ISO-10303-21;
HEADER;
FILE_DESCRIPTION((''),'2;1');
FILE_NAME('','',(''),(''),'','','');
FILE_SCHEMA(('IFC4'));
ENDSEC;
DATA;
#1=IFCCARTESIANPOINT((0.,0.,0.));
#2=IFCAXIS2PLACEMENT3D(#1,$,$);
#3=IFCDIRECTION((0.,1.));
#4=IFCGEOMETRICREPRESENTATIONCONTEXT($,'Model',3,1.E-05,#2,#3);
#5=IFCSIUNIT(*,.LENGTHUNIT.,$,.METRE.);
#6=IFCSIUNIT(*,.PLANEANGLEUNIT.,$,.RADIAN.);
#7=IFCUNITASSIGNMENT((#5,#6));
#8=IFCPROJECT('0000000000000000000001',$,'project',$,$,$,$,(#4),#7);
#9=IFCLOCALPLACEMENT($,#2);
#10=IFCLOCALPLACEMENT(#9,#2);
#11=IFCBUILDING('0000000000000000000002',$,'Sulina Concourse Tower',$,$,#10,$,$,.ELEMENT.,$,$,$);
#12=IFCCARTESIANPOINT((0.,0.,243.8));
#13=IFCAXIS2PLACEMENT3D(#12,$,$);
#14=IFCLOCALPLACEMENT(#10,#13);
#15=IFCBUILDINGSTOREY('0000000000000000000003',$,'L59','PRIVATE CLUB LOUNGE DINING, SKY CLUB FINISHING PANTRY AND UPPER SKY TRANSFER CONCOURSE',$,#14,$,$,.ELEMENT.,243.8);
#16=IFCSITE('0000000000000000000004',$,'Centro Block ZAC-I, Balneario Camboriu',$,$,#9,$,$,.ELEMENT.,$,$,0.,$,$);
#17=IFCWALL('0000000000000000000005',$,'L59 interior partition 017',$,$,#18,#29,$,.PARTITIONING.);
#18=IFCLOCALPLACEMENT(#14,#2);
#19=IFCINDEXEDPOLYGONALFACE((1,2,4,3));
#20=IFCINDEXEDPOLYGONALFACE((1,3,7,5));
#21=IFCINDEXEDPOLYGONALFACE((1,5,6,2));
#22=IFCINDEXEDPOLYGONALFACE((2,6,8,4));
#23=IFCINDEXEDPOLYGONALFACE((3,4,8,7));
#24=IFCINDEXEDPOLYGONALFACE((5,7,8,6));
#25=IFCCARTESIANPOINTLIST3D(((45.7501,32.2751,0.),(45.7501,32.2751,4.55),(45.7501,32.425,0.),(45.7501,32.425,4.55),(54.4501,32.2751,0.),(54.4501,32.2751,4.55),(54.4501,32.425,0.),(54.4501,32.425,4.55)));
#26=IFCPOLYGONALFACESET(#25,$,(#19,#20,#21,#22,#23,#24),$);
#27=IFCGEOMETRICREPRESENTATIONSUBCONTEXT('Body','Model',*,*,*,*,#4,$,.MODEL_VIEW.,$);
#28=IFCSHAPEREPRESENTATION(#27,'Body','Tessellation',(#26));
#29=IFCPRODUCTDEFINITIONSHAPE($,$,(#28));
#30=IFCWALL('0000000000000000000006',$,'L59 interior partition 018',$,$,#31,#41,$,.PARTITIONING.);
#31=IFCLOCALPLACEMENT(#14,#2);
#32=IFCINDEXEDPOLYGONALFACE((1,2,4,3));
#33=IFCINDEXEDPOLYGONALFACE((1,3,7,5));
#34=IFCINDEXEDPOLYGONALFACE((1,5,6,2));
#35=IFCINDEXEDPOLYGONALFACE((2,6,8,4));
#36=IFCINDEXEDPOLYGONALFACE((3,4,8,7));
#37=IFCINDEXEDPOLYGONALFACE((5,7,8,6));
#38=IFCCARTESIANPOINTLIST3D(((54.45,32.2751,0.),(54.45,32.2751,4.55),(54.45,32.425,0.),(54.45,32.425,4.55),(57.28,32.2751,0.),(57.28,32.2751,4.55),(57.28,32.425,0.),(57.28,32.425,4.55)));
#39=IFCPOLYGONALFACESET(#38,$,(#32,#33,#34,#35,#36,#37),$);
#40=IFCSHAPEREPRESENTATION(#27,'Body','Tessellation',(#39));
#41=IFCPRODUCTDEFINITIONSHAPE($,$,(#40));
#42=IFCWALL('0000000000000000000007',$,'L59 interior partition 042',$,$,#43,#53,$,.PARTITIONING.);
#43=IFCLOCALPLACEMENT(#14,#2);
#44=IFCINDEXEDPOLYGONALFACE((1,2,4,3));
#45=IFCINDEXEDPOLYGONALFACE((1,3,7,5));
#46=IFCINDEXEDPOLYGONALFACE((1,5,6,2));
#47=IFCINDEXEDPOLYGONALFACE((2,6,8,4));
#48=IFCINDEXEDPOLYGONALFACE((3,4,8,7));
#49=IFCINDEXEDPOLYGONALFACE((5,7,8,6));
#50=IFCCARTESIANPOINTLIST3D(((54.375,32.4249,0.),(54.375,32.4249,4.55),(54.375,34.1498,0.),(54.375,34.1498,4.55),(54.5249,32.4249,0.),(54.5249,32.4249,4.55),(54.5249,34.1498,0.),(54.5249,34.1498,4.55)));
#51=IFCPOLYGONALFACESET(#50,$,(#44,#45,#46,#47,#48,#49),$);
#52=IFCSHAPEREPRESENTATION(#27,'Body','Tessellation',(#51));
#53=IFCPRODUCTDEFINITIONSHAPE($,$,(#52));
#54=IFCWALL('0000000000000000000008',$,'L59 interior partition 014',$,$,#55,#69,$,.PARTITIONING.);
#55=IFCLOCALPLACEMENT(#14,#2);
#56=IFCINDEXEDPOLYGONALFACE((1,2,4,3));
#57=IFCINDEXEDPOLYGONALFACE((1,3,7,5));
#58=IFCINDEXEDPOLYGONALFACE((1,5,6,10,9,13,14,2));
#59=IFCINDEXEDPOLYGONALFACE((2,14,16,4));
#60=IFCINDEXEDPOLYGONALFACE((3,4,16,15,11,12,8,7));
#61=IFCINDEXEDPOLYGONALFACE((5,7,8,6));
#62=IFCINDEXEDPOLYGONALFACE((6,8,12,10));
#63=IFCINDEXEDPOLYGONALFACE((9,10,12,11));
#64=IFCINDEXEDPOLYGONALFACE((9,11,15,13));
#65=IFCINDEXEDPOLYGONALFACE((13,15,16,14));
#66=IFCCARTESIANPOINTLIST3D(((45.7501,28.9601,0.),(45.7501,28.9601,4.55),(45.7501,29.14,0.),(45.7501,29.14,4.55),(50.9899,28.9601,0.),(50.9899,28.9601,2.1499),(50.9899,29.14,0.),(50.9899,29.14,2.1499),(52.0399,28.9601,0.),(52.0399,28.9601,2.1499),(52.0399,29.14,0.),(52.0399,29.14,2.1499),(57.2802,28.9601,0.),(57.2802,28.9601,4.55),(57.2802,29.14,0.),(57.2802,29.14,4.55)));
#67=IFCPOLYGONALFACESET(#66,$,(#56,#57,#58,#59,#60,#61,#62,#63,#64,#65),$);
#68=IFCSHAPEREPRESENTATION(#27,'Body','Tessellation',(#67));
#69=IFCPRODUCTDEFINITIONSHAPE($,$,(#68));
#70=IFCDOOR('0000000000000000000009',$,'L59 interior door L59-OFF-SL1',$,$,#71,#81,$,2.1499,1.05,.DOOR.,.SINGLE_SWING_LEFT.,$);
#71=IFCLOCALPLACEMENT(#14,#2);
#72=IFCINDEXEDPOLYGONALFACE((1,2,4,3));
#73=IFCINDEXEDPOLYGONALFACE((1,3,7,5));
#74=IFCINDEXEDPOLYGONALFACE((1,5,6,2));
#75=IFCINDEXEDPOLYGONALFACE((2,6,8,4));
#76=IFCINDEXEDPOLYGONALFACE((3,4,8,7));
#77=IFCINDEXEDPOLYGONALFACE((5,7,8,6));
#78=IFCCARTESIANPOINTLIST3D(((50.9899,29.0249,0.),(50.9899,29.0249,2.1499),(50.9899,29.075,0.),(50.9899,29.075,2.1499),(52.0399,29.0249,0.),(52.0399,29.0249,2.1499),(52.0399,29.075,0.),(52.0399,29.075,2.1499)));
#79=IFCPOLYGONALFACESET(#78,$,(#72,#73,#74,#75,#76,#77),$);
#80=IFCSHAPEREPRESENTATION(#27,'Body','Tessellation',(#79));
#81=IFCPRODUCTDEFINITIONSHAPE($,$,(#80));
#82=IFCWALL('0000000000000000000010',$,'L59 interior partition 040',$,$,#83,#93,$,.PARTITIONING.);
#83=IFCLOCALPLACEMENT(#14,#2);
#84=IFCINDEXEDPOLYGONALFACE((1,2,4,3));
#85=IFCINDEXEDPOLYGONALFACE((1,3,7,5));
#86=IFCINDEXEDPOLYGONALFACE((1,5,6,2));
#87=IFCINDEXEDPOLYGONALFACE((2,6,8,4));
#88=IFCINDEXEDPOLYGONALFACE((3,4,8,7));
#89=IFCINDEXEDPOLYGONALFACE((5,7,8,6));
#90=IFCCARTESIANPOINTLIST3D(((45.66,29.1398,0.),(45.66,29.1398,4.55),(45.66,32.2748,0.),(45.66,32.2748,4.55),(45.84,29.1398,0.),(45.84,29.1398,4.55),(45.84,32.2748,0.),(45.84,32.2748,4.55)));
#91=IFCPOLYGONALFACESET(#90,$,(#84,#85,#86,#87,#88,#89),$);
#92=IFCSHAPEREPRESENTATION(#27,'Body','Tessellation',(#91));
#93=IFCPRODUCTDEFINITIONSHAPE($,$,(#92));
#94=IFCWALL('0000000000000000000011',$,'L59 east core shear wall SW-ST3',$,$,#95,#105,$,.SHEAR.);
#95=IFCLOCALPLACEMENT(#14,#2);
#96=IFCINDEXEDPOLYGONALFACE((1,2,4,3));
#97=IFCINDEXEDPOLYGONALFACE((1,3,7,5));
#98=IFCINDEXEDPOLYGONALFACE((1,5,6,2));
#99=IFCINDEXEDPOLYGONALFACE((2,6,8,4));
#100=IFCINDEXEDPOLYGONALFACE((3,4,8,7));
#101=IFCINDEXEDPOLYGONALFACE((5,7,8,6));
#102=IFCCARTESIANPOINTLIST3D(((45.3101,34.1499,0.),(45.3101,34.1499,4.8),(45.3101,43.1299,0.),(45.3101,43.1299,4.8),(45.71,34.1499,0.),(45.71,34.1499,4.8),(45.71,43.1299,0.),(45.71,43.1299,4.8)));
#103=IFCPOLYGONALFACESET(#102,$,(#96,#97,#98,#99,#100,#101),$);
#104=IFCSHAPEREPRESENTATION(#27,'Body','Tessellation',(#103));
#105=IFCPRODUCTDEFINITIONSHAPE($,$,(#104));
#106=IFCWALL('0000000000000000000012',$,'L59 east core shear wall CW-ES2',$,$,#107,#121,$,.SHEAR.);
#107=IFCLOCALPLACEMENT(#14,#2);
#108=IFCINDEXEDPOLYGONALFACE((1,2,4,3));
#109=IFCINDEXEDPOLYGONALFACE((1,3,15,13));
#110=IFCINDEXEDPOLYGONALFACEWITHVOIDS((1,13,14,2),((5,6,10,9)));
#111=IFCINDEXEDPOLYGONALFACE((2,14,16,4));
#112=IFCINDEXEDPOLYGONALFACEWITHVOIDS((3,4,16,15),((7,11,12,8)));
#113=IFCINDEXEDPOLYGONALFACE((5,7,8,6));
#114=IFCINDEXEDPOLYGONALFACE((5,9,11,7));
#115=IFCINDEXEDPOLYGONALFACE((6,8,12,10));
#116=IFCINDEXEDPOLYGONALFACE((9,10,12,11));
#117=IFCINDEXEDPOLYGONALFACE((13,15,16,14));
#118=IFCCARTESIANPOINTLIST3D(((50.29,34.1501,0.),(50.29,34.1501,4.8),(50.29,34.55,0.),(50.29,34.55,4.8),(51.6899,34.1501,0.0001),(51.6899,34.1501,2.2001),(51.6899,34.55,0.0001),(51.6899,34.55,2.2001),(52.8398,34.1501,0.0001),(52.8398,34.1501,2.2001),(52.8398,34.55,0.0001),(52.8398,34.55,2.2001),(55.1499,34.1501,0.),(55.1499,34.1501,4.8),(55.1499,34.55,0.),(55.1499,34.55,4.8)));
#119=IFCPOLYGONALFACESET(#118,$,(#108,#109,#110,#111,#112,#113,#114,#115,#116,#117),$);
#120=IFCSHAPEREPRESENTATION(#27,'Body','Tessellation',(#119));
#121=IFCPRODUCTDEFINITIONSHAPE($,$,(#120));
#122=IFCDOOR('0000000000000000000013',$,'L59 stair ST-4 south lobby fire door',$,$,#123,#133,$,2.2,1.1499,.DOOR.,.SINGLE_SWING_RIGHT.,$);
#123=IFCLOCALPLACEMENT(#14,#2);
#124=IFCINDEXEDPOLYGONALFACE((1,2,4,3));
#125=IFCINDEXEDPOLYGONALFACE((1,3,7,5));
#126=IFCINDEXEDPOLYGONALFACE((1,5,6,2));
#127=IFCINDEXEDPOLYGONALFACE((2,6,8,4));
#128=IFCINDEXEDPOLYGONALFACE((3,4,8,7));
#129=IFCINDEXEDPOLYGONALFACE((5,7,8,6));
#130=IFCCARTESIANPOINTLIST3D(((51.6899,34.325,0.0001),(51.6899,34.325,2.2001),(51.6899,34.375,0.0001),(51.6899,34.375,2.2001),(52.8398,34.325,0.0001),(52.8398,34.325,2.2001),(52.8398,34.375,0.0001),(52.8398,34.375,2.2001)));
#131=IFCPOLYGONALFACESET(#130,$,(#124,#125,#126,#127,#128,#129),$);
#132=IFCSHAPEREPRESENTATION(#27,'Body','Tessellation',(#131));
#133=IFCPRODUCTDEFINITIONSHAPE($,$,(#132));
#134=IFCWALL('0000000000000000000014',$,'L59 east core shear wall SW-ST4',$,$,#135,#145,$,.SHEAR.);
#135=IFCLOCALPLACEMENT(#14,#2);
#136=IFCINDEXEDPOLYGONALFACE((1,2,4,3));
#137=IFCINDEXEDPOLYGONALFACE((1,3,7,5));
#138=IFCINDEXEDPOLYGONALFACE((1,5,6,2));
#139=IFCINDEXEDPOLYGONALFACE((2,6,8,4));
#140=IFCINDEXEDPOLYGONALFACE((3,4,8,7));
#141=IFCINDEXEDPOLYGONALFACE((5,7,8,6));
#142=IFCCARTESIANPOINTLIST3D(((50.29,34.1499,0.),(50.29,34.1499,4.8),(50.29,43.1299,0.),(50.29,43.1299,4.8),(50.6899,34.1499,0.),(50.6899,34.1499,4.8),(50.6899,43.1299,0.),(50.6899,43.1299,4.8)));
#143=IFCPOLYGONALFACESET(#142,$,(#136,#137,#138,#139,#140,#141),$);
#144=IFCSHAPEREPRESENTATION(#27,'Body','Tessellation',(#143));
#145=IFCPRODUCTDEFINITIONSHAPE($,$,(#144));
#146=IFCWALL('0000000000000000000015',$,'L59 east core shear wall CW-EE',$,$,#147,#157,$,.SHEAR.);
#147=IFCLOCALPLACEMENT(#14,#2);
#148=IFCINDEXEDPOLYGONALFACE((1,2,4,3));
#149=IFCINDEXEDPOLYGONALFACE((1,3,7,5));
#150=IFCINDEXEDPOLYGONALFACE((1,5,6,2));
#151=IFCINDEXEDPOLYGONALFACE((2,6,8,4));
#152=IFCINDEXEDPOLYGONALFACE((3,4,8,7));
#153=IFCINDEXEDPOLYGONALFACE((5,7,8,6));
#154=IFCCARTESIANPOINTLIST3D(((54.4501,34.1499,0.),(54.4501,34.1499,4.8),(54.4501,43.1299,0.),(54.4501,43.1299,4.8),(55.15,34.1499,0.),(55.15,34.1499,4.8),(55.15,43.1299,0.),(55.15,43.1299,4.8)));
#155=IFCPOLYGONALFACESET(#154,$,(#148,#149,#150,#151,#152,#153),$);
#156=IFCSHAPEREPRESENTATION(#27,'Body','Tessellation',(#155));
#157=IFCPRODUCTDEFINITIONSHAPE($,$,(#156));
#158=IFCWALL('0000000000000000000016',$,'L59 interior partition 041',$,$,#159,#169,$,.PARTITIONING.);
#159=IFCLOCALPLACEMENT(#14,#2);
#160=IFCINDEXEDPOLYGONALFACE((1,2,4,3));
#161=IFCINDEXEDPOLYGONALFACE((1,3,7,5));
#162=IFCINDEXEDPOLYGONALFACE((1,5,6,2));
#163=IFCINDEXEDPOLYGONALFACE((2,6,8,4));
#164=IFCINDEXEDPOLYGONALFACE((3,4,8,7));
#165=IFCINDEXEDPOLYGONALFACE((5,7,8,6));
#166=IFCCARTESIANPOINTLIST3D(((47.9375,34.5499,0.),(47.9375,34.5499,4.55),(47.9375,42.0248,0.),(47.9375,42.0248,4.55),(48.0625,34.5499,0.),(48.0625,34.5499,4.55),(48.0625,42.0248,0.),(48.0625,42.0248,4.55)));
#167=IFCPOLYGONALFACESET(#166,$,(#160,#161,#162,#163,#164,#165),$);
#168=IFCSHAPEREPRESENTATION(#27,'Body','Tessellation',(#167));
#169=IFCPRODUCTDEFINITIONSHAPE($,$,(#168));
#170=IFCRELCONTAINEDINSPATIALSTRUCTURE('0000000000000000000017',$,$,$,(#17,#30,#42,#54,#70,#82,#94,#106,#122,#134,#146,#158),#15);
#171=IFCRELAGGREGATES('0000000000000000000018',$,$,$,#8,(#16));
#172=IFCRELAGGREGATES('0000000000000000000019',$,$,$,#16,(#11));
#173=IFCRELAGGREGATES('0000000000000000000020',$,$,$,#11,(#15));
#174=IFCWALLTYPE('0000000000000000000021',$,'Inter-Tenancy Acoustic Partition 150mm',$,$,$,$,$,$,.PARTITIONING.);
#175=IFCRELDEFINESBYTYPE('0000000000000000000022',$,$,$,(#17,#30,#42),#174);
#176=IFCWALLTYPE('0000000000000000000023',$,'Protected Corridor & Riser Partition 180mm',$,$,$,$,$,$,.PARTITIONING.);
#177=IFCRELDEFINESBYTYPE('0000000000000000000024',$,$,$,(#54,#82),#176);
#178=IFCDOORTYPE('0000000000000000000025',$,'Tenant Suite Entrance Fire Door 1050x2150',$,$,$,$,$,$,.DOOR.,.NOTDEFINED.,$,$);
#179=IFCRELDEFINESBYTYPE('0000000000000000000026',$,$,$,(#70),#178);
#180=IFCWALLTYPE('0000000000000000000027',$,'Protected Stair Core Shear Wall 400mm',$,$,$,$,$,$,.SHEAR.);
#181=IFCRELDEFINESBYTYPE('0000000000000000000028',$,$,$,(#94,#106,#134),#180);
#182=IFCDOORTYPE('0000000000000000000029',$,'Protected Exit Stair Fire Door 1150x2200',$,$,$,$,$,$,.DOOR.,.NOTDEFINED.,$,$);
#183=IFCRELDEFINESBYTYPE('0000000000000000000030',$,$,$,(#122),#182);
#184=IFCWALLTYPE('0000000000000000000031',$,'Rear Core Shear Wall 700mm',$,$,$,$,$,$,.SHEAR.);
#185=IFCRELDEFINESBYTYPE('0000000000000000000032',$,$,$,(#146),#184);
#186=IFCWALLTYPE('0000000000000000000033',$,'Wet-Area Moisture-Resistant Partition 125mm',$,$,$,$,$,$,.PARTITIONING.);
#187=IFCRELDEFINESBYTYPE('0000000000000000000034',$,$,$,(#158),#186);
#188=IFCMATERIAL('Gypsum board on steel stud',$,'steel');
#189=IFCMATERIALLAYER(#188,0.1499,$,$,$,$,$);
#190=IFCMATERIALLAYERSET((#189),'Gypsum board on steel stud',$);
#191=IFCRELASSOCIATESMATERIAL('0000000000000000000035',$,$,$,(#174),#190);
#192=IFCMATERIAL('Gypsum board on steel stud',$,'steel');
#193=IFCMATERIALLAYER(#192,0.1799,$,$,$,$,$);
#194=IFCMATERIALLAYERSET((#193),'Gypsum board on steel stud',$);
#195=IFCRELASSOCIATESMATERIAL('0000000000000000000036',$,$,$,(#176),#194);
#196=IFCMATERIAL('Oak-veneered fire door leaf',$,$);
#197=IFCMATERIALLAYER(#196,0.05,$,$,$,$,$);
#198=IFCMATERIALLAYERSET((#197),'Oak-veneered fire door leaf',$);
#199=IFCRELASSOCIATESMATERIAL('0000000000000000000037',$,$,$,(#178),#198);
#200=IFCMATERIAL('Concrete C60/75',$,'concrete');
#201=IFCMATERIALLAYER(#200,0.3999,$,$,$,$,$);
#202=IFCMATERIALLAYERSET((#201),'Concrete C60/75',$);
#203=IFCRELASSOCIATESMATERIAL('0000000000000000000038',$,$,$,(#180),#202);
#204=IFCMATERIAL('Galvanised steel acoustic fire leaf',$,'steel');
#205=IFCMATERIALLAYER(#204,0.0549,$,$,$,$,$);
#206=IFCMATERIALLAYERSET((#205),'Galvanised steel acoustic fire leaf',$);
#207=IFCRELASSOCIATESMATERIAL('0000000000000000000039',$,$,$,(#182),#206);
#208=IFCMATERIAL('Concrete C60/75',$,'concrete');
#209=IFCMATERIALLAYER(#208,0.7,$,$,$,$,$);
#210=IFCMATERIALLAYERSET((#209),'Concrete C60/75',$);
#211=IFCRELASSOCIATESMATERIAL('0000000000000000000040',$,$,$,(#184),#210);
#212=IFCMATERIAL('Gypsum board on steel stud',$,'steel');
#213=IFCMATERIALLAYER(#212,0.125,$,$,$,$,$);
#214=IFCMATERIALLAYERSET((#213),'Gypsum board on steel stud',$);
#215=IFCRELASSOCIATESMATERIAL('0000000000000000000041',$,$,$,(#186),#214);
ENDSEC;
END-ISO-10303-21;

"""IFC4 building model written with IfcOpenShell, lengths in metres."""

from ifc_helpers import new_model, si_unit, direction, frame, frame_2d, origin, place, context, subcontext, project, spatial, rectangle, extrude, material, layer, layer_set, type_object, element, fill, save


model = new_model("IFC4")

# Units and contexts
model_context = context("Model", 3, precision=1e-05, world=origin(), true_north=direction((0.0, 1.0)))
body_context = subcontext(model_context, "Body", "Model", "MODEL_VIEW")
ifc_project = project(units=[si_unit("LENGTHUNIT", "METRE"), si_unit("PLANEANGLEUNIT", "RADIAN")], contexts=[model_context])

# Site, building, storey
site_placement = place(None, origin())
site = spatial("IfcSite", under=ifc_project, at=site_placement, Name="Centro Block ZAC-I, Balneario Camboriu", CompositionType="ELEMENT", RefElevation=0.0)
building_placement = place(site_placement, origin())
building = spatial("IfcBuilding", under=site, at=building_placement, Name="Sulina Concourse Tower", CompositionType="ELEMENT")
storey_placement = place(building_placement, frame((0.0, 0.0, 243.8)))
storey = spatial("IfcBuildingStorey", under=building, at=storey_placement, Name="L59", Description="PRIVATE CLUB LOUNGE DINING, SKY CLUB FINISHING PANTRY AND UPPER SKY TRANSFER CONCOURSE", CompositionType="ELEMENT", Elevation=243.8)

# Walls
ifc_material_1 = material(Name="Gypsum board on steel stud", Category="steel")
ifc_layer_1 = layer(ifc_material_1, 0.1499)
ifc_layer_set_1 = layer_set([ifc_layer_1], Name="Gypsum board on steel stud")
wall_type_1 = type_object("IfcWallType", Name="Inter-Tenancy Acoustic Partition 150mm", PredefinedType="PARTITIONING", material=ifc_layer_set_1)
wall_1_placement = place(storey_placement, frame((45.75, 32.3501, 0.0), z_axis=(0.0, 0.0, 1.0), x_axis=(1.0, 0.0, 0.0)))
element("IfcWall", 1, at=wall_1_placement, inside=storey, type_object=wall_type_1, Name="L59 interior partition 017", PredefinedType="PARTITIONING", context=body_context, shape_type="SweptSolid", body=[
    extrude(rectangle(XDim=8.7, YDim=0.1499, at=frame_2d((4.3501, 0.0))), origin(), (0.0, 0.0, 1.0), 4.55),
])
wall_2_placement = place(storey_placement, frame((54.45, 32.3501, 0.0), z_axis=(0.0, 0.0, 1.0), x_axis=(1.0, 0.0, 0.0)))
element("IfcWall", 2, at=wall_2_placement, inside=storey, type_object=wall_type_1, Name="L59 interior partition 018", PredefinedType="PARTITIONING", context=body_context, shape_type="SweptSolid", body=[
    extrude(rectangle(XDim=2.8301, YDim=0.1499, at=frame_2d((1.415, 0.0))), origin(), (0.0, 0.0, 1.0), 4.55),
])
wall_3_placement = place(storey_placement, frame((54.45, 32.425, 0.0), z_axis=(0.0, 0.0, 1.0), x_axis=(0.0, 1.0, 0.0)))
element("IfcWall", 3, at=wall_3_placement, inside=storey, type_object=wall_type_1, Name="L59 interior partition 042", PredefinedType="PARTITIONING", context=body_context, shape_type="SweptSolid", body=[
    extrude(rectangle(XDim=1.7249, YDim=0.1499, at=frame_2d((0.8623, 0.0))), origin(), (0.0, 0.0, 1.0), 4.55),
])

# Wall, opening, door
ifc_material_2 = material(Name="Gypsum board on steel stud", Category="steel")
ifc_layer_2 = layer(ifc_material_2, 0.1799)
ifc_layer_set_2 = layer_set([ifc_layer_2], Name="Gypsum board on steel stud")
wall_type_2 = type_object("IfcWallType", Name="Protected Corridor & Riser Partition 180mm", PredefinedType="PARTITIONING", material=ifc_layer_set_2)
wall_4_placement = place(storey_placement, frame((45.75, 29.05, 0.0), z_axis=(0.0, 0.0, 1.0), x_axis=(1.0, 0.0, 0.0)))
wall_4 = element("IfcWall", 4, at=wall_4_placement, inside=storey, type_object=wall_type_2, Name="L59 interior partition 014", PredefinedType="PARTITIONING", context=body_context, shape_type="SweptSolid", body=[
    extrude(rectangle(XDim=11.53, YDim=0.1799, at=frame_2d((5.7651, 0.0))), origin(), (0.0, 0.0, 1.0), 4.55),
])
opening_1_placement = place(wall_4_placement, frame((5.24, 0.0, 0.0)))
opening_1 = element("IfcOpeningElement", 5, at=opening_1_placement, cuts=wall_4, PredefinedType="OPENING", context=body_context, shape_type="SweptSolid", body=[
    extrude(rectangle(XDim=1.05, YDim=2.1499, at=frame_2d((0.5249, 1.075))), frame((0.0, 0.0999, 0.0), z_axis=(0.0, -1.0, 0.0), x_axis=(1.0, 0.0, 0.0)), (0.0, 0.0, 1.0), 0.2),
])
ifc_material_3 = material(Name="Oak-veneered fire door leaf")
ifc_layer_3 = layer(ifc_material_3, 0.05)
ifc_layer_set_3 = layer_set([ifc_layer_3], Name="Oak-veneered fire door leaf")
door_type_1 = type_object("IfcDoorType", Name="Tenant Suite Entrance Fire Door 1050x2150", OperationType="NOTDEFINED", PredefinedType="DOOR", material=ifc_layer_set_3)
door_1_placement = place(opening_1_placement, origin())
door_1 = element("IfcDoor", 6, at=door_1_placement, inside=storey, type_object=door_type_1, Name="L59 interior door L59-OFF-SL1", OperationType="SINGLE_SWING_LEFT", OverallHeight=2.1499, OverallWidth=1.05, PredefinedType="DOOR", context=body_context, shape_type="SweptSolid", body=[
    extrude(rectangle(XDim=1.05, YDim=2.1499, at=frame_2d((0.5249, 1.075))), frame((0.0, 0.0249, 0.0), z_axis=(0.0, -1.0, 0.0), x_axis=(1.0, 0.0, 0.0)), (0.0, 0.0, 1.0), 0.05),
])
fill(opening_1, door_1)

# Walls
wall_5_placement = place(storey_placement, frame((45.75, 29.1399, 0.0), z_axis=(0.0, 0.0, 1.0), x_axis=(0.0, 1.0, 0.0)))
element("IfcWall", 7, at=wall_5_placement, inside=storey, type_object=wall_type_2, Name="L59 interior partition 040", PredefinedType="PARTITIONING", context=body_context, shape_type="SweptSolid", body=[
    extrude(rectangle(XDim=3.135, YDim=0.1799, at=frame_2d((1.5674, 0.0))), origin(), (0.0, 0.0, 1.0), 4.55),
])
ifc_material_4 = material(Name="Concrete C60/75", Category="concrete")
ifc_layer_4 = layer(ifc_material_4, 0.3999)
ifc_layer_set_4 = layer_set([ifc_layer_4], Name="Concrete C60/75")
wall_type_3 = type_object("IfcWallType", Name="Protected Stair Core Shear Wall 400mm", PredefinedType="SHEAR", material=ifc_layer_set_4)
wall_6_placement = place(storey_placement, frame((45.51, 34.1499, 0.0), z_axis=(0.0, 0.0, 1.0), x_axis=(0.0, 1.0, 0.0)))
element("IfcWall", 8, at=wall_6_placement, inside=storey, type_object=wall_type_3, Name="L59 east core shear wall SW-ST3", PredefinedType="SHEAR", context=body_context, shape_type="SweptSolid", body=[
    extrude(rectangle(XDim=8.98, YDim=0.3999, at=frame_2d((4.49, 0.0))), origin(), (0.0, 0.0, 1.0), 4.8),
])

# Wall, opening, door
wall_7_placement = place(storey_placement, frame((50.29, 34.3501, 0.0), z_axis=(0.0, 0.0, 1.0), x_axis=(1.0, 0.0, 0.0)))
wall_7 = element("IfcWall", 9, at=wall_7_placement, inside=storey, type_object=wall_type_3, Name="L59 east core shear wall CW-ES2", PredefinedType="SHEAR", context=body_context, shape_type="SweptSolid", body=[
    extrude(rectangle(XDim=4.8599, YDim=0.3999, at=frame_2d((2.4299, 0.0))), origin(), (0.0, 0.0, 1.0), 4.8),
])
opening_2_placement = place(wall_7_placement, frame((1.3999, 0.0, 0.0)))
opening_2 = element("IfcOpeningElement", 10, at=opening_2_placement, cuts=wall_7, PredefinedType="OPENING", context=body_context, shape_type="SweptSolid", body=[
    extrude(rectangle(XDim=1.1499, YDim=2.2, at=frame_2d((0.575, 1.1001))), frame((0.0, 0.21, 0.0), z_axis=(0.0, -1.0, 0.0), x_axis=(1.0, 0.0, 0.0)), (0.0, 0.0, 1.0), 0.4199),
])
ifc_material_5 = material(Name="Galvanised steel acoustic fire leaf", Category="steel")
ifc_layer_5 = layer(ifc_material_5, 0.0549)
ifc_layer_set_5 = layer_set([ifc_layer_5], Name="Galvanised steel acoustic fire leaf")
door_type_2 = type_object("IfcDoorType", Name="Protected Exit Stair Fire Door 1150x2200", OperationType="NOTDEFINED", PredefinedType="DOOR", material=ifc_layer_set_5)
door_2_placement = place(opening_2_placement, origin())
door_2 = element("IfcDoor", 11, at=door_2_placement, inside=storey, type_object=door_type_2, Name="L59 stair ST-4 south lobby fire door", OperationType="SINGLE_SWING_RIGHT", OverallHeight=2.2, OverallWidth=1.1499, PredefinedType="DOOR", context=body_context, shape_type="SweptSolid", body=[
    extrude(rectangle(XDim=1.1499, YDim=2.2, at=frame_2d((0.575, 1.1001))), frame((0.0, 0.0249, 0.0), z_axis=(0.0, -1.0, 0.0), x_axis=(1.0, 0.0, 0.0)), (0.0, 0.0, 1.0), 0.05),
])
fill(opening_2, door_2)

# Walls
wall_8_placement = place(storey_placement, frame((50.49, 34.1499, 0.0), z_axis=(0.0, 0.0, 1.0), x_axis=(0.0, 1.0, 0.0)))
element("IfcWall", 12, at=wall_8_placement, inside=storey, type_object=wall_type_3, Name="L59 east core shear wall SW-ST4", PredefinedType="SHEAR", context=body_context, shape_type="SweptSolid", body=[
    extrude(rectangle(XDim=8.98, YDim=0.3999, at=frame_2d((4.49, 0.0))), origin(), (0.0, 0.0, 1.0), 4.8),
])
ifc_material_6 = material(Name="Concrete C60/75", Category="concrete")
ifc_layer_6 = layer(ifc_material_6, 0.7)
ifc_layer_set_6 = layer_set([ifc_layer_6], Name="Concrete C60/75")
wall_type_4 = type_object("IfcWallType", Name="Rear Core Shear Wall 700mm", PredefinedType="SHEAR", material=ifc_layer_set_6)
wall_9_placement = place(storey_placement, frame((54.8, 34.1499, 0.0), z_axis=(0.0, 0.0, 1.0), x_axis=(0.0, 1.0, 0.0)))
element("IfcWall", 13, at=wall_9_placement, inside=storey, type_object=wall_type_4, Name="L59 east core shear wall CW-EE", PredefinedType="SHEAR", context=body_context, shape_type="SweptSolid", body=[
    extrude(rectangle(XDim=8.98, YDim=0.7, at=frame_2d((4.49, 0.0))), origin(), (0.0, 0.0, 1.0), 4.8),
])
ifc_material_7 = material(Name="Gypsum board on steel stud", Category="steel")
ifc_layer_7 = layer(ifc_material_7, 0.125)
ifc_layer_set_7 = layer_set([ifc_layer_7], Name="Gypsum board on steel stud")
wall_type_5 = type_object("IfcWallType", Name="Wet-Area Moisture-Resistant Partition 125mm", PredefinedType="PARTITIONING", material=ifc_layer_set_7)
wall_10_placement = place(storey_placement, frame((48.0, 34.55, 0.0), z_axis=(0.0, 0.0, 1.0), x_axis=(0.0, 1.0, 0.0)))
element("IfcWall", 14, at=wall_10_placement, inside=storey, type_object=wall_type_5, Name="L59 interior partition 041", PredefinedType="PARTITIONING", context=body_context, shape_type="SweptSolid", body=[
    extrude(rectangle(XDim=7.4749, YDim=0.125, at=frame_2d((3.7373, 0.0))), origin(), (0.0, 0.0, 1.0), 4.55),
])

save(model, "model.ifc")
